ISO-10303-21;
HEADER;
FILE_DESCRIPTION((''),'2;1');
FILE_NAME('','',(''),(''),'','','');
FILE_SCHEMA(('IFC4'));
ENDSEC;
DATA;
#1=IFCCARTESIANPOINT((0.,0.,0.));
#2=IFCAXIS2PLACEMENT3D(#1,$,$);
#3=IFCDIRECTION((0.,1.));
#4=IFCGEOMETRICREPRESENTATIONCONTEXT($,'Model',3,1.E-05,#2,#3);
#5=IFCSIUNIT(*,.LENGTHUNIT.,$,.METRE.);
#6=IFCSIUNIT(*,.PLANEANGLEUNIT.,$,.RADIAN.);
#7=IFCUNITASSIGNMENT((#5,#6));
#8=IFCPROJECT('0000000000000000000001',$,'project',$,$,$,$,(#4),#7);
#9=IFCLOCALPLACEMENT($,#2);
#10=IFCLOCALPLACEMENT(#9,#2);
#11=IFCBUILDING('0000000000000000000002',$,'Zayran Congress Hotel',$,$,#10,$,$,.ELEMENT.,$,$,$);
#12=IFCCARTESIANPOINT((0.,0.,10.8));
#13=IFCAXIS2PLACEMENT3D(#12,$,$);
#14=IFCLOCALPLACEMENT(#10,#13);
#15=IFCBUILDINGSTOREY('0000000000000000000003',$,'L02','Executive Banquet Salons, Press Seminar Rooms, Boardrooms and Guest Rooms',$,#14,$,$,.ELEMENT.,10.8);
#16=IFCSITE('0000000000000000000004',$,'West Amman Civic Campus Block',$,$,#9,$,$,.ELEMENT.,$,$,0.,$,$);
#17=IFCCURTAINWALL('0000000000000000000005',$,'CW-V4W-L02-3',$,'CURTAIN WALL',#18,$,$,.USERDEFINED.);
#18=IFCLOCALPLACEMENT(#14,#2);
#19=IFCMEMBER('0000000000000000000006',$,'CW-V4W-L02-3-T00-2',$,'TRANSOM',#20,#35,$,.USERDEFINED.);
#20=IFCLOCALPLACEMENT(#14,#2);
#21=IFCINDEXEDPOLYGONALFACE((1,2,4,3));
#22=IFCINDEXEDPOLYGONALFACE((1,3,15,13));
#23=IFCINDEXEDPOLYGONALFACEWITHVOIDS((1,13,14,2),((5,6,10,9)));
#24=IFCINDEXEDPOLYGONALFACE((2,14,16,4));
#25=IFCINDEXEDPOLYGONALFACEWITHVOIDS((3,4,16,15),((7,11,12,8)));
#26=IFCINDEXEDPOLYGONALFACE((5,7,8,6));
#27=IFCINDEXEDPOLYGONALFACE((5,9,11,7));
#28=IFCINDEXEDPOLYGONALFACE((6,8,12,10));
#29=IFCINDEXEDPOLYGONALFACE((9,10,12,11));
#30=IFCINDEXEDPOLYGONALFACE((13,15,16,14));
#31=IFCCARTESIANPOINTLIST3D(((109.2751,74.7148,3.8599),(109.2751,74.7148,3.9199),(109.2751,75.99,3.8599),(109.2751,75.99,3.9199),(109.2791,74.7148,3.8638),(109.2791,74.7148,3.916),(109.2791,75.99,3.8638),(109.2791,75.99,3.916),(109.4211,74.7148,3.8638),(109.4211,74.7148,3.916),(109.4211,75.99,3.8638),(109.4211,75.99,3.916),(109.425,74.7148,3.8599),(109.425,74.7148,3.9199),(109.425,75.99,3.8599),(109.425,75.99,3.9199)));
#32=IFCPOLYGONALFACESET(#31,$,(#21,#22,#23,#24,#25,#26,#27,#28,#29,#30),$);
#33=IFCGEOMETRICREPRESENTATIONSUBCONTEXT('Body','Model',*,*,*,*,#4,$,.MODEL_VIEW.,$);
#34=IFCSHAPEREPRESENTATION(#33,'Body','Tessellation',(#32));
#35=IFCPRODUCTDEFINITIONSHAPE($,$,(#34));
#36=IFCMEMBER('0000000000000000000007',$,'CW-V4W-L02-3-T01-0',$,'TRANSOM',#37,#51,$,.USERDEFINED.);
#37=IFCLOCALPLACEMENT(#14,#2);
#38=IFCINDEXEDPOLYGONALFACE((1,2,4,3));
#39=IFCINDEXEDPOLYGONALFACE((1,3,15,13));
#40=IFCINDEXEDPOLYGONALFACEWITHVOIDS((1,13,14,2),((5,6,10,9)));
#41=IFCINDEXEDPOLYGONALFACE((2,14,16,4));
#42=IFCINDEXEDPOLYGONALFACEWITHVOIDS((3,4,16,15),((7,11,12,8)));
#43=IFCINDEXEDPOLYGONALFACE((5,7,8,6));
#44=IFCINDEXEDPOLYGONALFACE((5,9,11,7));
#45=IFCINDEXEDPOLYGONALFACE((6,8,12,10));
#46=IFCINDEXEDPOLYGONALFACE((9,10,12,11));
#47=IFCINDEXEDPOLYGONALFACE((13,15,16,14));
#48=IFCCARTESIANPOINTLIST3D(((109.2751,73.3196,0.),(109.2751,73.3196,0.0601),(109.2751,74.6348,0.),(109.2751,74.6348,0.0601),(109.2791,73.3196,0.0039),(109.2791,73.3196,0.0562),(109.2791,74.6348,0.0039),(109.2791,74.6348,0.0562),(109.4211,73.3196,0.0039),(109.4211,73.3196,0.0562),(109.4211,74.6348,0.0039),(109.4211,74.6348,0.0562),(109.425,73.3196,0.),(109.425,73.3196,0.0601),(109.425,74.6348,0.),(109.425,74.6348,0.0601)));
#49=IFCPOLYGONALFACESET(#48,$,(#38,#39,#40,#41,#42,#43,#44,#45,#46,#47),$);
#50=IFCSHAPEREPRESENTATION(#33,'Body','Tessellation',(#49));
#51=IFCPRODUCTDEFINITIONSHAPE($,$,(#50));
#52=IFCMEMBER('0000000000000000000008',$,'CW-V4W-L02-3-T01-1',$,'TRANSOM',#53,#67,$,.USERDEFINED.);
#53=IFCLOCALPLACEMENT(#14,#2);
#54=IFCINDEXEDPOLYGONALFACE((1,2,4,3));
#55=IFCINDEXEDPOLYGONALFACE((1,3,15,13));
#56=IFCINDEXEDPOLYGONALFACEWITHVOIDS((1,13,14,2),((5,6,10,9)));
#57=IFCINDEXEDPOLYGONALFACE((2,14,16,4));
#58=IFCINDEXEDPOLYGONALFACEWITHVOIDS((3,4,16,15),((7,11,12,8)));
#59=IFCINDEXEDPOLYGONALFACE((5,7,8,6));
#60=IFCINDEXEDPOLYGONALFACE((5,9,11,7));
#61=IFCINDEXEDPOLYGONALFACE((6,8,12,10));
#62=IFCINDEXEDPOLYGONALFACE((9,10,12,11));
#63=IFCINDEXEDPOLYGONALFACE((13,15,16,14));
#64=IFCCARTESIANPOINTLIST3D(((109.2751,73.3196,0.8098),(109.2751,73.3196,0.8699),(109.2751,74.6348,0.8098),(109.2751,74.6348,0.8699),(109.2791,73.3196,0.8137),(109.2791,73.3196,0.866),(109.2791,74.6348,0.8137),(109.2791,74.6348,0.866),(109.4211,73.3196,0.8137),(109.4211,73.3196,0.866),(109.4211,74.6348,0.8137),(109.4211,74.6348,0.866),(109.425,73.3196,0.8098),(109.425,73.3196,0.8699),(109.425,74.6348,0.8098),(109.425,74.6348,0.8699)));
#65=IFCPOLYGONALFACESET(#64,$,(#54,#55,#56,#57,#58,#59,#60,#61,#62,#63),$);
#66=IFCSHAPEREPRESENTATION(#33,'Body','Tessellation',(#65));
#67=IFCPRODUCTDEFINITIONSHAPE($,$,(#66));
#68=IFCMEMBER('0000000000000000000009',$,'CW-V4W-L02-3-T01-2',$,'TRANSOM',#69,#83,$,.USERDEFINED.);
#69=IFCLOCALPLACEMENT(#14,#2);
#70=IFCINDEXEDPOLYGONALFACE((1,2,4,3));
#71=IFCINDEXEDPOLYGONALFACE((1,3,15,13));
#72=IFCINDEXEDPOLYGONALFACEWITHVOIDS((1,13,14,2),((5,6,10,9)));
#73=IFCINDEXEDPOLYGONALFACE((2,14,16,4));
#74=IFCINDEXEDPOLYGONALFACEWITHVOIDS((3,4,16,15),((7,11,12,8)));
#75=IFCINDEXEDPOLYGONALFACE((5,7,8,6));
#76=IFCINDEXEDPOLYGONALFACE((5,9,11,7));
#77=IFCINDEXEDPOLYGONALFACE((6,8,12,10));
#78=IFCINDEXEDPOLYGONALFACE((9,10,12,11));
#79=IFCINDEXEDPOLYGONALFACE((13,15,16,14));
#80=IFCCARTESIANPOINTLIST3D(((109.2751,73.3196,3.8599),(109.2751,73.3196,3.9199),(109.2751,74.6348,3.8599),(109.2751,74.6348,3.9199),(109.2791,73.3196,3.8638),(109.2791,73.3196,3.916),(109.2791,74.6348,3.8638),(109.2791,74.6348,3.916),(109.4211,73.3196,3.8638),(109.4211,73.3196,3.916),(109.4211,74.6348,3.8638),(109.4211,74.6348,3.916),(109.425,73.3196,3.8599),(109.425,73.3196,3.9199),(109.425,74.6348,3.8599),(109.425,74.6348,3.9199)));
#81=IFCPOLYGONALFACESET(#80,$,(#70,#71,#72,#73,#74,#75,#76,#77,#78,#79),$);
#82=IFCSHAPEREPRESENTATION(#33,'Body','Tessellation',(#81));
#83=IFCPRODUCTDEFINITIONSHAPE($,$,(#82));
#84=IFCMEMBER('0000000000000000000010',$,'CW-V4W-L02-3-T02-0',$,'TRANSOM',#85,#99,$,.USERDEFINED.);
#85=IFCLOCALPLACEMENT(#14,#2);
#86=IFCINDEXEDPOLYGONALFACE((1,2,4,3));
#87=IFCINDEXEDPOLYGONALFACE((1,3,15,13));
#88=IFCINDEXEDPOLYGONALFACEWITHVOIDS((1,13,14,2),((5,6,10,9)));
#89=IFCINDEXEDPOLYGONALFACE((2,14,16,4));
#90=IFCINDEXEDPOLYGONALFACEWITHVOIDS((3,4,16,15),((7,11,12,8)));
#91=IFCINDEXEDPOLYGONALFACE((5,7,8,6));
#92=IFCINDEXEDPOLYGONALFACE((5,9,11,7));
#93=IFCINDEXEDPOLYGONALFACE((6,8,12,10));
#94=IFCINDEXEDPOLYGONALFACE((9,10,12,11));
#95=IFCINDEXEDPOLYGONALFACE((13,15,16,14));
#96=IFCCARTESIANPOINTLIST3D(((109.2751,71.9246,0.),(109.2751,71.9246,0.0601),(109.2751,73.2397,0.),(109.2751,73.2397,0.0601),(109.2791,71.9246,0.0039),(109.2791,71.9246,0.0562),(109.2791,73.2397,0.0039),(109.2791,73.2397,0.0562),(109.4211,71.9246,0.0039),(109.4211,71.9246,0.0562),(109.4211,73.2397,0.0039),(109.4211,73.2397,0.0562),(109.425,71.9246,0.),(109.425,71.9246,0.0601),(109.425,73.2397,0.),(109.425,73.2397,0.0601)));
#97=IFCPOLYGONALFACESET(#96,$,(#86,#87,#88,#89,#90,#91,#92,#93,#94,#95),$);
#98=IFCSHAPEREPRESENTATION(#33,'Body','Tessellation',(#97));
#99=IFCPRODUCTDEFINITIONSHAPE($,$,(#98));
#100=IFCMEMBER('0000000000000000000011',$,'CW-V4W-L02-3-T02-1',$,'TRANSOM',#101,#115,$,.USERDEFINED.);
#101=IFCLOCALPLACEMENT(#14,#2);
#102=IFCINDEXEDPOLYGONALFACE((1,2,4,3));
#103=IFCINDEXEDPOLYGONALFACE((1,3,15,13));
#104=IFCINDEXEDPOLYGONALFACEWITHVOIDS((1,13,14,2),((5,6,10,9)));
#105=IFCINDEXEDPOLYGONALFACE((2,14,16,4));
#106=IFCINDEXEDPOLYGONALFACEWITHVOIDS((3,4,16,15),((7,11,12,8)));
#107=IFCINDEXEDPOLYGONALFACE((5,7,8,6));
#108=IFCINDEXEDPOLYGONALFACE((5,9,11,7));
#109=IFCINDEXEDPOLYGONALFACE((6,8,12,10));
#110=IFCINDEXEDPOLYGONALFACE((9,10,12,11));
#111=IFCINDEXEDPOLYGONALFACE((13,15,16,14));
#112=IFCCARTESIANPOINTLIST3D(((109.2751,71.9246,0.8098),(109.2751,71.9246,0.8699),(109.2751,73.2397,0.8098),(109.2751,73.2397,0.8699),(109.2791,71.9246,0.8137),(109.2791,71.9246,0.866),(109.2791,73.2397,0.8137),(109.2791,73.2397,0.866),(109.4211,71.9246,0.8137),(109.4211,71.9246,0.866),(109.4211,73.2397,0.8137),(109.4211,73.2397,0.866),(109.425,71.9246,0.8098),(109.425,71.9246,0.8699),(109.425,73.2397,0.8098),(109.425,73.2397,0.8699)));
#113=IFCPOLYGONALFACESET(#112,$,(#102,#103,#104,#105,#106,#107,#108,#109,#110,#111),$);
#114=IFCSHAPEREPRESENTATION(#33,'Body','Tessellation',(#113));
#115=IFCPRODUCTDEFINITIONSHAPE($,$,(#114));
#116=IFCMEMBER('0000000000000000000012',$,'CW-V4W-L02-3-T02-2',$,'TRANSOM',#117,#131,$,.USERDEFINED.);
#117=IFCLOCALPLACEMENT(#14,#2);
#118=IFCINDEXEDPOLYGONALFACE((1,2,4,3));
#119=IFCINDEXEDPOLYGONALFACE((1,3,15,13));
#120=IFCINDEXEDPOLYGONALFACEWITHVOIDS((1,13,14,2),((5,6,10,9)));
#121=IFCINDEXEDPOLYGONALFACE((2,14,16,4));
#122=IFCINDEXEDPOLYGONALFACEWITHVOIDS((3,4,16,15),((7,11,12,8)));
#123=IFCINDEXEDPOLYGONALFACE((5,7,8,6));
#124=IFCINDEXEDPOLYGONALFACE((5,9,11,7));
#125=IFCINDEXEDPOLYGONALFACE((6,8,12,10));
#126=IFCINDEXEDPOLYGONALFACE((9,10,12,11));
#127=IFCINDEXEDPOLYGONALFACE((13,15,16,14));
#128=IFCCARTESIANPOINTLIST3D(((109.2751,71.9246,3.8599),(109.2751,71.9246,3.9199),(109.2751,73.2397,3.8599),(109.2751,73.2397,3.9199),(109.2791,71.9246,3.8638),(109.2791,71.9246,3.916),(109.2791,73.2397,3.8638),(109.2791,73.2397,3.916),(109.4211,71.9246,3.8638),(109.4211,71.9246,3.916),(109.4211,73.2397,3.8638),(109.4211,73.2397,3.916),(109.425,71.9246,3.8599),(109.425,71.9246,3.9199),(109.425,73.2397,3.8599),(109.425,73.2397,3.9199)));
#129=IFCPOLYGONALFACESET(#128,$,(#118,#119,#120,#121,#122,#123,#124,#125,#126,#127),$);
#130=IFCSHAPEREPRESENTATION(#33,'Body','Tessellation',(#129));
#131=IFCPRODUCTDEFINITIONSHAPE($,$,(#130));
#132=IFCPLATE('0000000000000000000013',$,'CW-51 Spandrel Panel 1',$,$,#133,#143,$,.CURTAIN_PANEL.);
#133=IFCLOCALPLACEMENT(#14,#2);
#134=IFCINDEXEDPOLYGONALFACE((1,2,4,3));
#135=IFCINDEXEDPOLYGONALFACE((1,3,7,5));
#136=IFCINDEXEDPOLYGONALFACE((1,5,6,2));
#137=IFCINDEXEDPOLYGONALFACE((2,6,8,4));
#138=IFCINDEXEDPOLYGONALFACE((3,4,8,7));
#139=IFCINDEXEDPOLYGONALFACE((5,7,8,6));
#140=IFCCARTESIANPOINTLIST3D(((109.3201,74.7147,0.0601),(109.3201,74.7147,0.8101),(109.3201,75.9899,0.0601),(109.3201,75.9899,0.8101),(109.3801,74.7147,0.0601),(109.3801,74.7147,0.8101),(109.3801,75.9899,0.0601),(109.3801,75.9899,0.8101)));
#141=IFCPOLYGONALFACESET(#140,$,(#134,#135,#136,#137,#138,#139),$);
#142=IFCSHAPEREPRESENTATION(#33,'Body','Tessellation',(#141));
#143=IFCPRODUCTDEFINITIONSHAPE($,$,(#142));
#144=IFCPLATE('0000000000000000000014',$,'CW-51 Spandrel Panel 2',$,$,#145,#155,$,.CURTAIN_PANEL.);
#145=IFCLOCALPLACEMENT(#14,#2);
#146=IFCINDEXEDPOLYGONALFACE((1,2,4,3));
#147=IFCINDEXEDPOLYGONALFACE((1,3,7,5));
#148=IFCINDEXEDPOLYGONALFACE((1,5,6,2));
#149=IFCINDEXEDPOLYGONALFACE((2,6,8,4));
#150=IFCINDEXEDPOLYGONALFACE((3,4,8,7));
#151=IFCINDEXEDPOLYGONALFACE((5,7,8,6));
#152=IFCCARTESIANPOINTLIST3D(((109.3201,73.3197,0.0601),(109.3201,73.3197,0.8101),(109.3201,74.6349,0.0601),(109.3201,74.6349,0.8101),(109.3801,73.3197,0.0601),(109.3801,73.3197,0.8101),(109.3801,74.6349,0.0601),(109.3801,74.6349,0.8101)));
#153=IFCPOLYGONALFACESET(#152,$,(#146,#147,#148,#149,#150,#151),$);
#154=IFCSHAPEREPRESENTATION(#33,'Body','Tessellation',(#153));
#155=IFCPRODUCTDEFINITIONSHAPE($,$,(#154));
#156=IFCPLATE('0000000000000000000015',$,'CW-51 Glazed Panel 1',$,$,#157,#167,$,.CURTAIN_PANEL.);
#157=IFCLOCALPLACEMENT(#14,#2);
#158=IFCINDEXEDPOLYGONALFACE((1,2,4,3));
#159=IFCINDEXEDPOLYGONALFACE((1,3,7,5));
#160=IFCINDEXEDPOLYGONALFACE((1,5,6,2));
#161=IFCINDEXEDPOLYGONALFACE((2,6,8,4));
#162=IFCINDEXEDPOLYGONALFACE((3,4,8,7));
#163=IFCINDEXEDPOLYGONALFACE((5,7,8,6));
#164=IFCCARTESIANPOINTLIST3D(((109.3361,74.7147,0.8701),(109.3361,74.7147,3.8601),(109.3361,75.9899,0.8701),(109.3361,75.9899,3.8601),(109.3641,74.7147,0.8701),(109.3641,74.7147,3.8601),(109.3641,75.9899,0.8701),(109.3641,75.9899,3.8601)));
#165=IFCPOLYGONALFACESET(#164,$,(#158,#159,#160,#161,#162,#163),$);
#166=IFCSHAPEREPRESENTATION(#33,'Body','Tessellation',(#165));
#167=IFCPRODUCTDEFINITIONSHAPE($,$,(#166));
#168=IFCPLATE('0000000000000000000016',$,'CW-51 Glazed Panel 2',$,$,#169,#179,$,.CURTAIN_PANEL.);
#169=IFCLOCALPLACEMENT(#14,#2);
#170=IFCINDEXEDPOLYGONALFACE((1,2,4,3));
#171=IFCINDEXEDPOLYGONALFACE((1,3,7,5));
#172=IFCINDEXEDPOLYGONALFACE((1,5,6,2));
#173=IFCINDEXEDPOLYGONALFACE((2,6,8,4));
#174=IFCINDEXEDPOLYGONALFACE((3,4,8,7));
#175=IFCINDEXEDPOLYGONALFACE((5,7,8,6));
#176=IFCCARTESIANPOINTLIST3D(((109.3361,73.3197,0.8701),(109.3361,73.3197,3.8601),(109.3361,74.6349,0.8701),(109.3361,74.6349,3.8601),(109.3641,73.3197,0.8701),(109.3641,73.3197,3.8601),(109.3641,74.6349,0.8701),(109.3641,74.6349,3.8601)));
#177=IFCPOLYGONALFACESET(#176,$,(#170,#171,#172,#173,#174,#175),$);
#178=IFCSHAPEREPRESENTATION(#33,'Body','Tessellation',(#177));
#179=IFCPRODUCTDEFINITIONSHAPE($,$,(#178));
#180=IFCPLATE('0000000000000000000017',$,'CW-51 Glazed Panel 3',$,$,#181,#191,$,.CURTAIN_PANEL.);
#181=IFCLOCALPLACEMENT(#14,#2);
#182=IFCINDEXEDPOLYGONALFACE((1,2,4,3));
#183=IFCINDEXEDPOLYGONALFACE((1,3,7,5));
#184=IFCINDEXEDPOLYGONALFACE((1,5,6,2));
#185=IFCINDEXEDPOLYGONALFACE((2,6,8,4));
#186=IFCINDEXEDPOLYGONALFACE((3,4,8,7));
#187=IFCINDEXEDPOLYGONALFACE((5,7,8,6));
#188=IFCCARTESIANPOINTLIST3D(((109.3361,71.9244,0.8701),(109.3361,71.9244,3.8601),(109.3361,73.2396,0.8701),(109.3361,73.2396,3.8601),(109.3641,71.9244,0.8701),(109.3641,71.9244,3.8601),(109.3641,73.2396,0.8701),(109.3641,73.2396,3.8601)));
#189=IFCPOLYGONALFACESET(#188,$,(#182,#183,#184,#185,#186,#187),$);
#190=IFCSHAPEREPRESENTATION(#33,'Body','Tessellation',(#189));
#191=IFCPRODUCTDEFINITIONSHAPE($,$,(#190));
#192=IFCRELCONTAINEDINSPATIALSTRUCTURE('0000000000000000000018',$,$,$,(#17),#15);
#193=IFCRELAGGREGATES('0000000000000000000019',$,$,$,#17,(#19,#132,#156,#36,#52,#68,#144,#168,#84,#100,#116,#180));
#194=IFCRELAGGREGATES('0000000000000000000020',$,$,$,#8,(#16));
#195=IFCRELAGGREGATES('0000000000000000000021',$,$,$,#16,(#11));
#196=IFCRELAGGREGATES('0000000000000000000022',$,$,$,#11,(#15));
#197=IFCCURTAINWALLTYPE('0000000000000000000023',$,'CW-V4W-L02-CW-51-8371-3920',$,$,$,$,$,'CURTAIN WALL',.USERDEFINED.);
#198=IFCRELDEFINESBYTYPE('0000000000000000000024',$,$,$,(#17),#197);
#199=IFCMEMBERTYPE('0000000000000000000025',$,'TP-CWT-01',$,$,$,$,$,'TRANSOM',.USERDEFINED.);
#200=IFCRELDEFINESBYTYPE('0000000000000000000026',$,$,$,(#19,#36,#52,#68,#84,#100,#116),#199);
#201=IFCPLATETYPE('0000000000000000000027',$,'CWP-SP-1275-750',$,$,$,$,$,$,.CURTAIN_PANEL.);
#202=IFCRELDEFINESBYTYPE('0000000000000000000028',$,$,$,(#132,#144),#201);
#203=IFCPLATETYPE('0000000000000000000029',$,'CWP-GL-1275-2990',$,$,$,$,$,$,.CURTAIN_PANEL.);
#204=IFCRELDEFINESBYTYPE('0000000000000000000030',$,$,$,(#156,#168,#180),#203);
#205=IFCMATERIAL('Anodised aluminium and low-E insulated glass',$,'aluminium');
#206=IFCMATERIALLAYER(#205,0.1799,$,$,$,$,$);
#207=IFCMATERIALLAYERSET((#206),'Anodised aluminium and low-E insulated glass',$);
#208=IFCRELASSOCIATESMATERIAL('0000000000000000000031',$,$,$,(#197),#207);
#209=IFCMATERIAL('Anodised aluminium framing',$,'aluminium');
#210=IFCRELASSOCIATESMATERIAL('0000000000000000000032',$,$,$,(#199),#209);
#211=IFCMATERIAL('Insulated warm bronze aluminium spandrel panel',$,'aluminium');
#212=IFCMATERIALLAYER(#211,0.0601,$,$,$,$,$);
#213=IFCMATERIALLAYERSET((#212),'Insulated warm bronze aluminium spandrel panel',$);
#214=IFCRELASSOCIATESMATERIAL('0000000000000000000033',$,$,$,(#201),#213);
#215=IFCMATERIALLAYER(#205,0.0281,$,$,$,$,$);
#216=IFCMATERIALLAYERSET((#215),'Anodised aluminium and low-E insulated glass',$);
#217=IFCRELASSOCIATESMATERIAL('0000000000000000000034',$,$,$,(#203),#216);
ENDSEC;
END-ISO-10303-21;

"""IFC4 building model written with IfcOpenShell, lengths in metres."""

from ifc_helpers import new_model, si_unit, direction, frame, origin, origin_2d, place, context, subcontext, project, spatial, rectangle, hollow_rectangle, extrude, material, layer, layer_set, material_profile, profile_set, type_object, element, aggregate, save


model = new_model("IFC4")

# Units and contexts
model_context = context("Model", 3, precision=1e-05, world=origin(), true_north=direction((0.0, 1.0)))
body_context = subcontext(model_context, "Body", "Model", "MODEL_VIEW")
ifc_project = project(units=[si_unit("LENGTHUNIT", "METRE"), si_unit("PLANEANGLEUNIT", "RADIAN")], contexts=[model_context])

# Site, building, storey
site_placement = place(None, origin())
site = spatial("IfcSite", under=ifc_project, at=site_placement, Name="West Amman Civic Campus Block", CompositionType="ELEMENT", RefElevation=0.0)
building_placement = place(site_placement, origin())
building = spatial("IfcBuilding", under=site, at=building_placement, Name="Zayran Congress Hotel", CompositionType="ELEMENT")
storey_placement = place(building_placement, frame((0.0, 0.0, 10.8)))
storey = spatial("IfcBuildingStorey", under=building, at=storey_placement, Name="L02", Description="Executive Banquet Salons, Press Seminar Rooms, Boardrooms and Guest Rooms", CompositionType="ELEMENT", Elevation=10.8)

# Curtain wall
ifc_material_1 = material(Name="Anodised aluminium and low-E insulated glass", Category="aluminium")
ifc_layer_1 = layer(ifc_material_1, 0.1799)
ifc_layer_set_1 = layer_set([ifc_layer_1], Name="Anodised aluminium and low-E insulated glass")
curtain_wall_type_1 = type_object("IfcCurtainWallType", Name="CW-V4W-L02-CW-51-8371-3920", ElementType="CURTAIN WALL", PredefinedType="USERDEFINED", material=ifc_layer_set_1)
curtain_wall_1_placement = place(storey_placement, origin())
curtain_wall_1 = element("IfcCurtainWall", 1, at=curtain_wall_1_placement, inside=storey, type_object=curtain_wall_type_1, Name="CW-V4W-L02-3", ObjectType="CURTAIN WALL", PredefinedType="USERDEFINED")
ifc_material_2 = material(Name="Anodised aluminium framing", Category="aluminium")

# Members
ifc_material_profile_1 = material_profile(ifc_material_2, hollow_rectangle(XDim=0.0601, YDim=0.1499, WallThickness=0.0039, at=origin_2d()), Name="RHS 150x60x4")
ifc_profile_set_1 = profile_set([ifc_material_profile_1], Name="Anodised aluminium framing")
member_type_1 = type_object("IfcMemberType", Name="TP-CWT-01", ElementType="TRANSOM", PredefinedType="USERDEFINED", material=ifc_profile_set_1)
member_1_placement = place(storey_placement, frame((109.3501, 75.99, 3.8899), z_axis=(0.0, -1.0, 0.0), x_axis=(0.0, 0.0, 1.0)))
member_1 = element("IfcMember", 2, at=member_1_placement, type_object=member_type_1, Name="CW-V4W-L02-3-T00-2", ObjectType="TRANSOM", PredefinedType="USERDEFINED", context=body_context, shape_type="SweptSolid", body=[
    extrude(hollow_rectangle(XDim=0.0601, YDim=0.1499, WallThickness=0.0039, at=origin_2d()), origin(), (0.0, 0.0, 1.0), 1.2751),
])
member_2_placement = place(storey_placement, frame((109.3501, 74.6348, 0.03), z_axis=(0.0, -1.0, 0.0), x_axis=(0.0, 0.0, 1.0)))
member_2 = element("IfcMember", 3, at=member_2_placement, type_object=member_type_1, Name="CW-V4W-L02-3-T01-0", ObjectType="TRANSOM", PredefinedType="USERDEFINED", context=body_context, shape_type="SweptSolid", body=[
    extrude(hollow_rectangle(XDim=0.0601, YDim=0.1499, WallThickness=0.0039, at=origin_2d()), origin(), (0.0, 0.0, 1.0), 1.3152),
])
member_3_placement = place(storey_placement, frame((109.3501, 74.6348, 0.8398), z_axis=(0.0, -1.0, 0.0), x_axis=(0.0, 0.0, 1.0)))
member_3 = element("IfcMember", 4, at=member_3_placement, type_object=member_type_1, Name="CW-V4W-L02-3-T01-1", ObjectType="TRANSOM", PredefinedType="USERDEFINED", context=body_context, shape_type="SweptSolid", body=[
    extrude(hollow_rectangle(XDim=0.0601, YDim=0.1499, WallThickness=0.0039, at=origin_2d()), origin(), (0.0, 0.0, 1.0), 1.3152),
])
member_4_placement = place(storey_placement, frame((109.3501, 74.6348, 3.8899), z_axis=(0.0, -1.0, 0.0), x_axis=(0.0, 0.0, 1.0)))
member_4 = element("IfcMember", 5, at=member_4_placement, type_object=member_type_1, Name="CW-V4W-L02-3-T01-2", ObjectType="TRANSOM", PredefinedType="USERDEFINED", context=body_context, shape_type="SweptSolid", body=[
    extrude(hollow_rectangle(XDim=0.0601, YDim=0.1499, WallThickness=0.0039, at=origin_2d()), origin(), (0.0, 0.0, 1.0), 1.3152),
])
member_5_placement = place(storey_placement, frame((109.3501, 73.2397, 0.03), z_axis=(0.0, -1.0, 0.0), x_axis=(0.0, 0.0, 1.0)))
member_5 = element("IfcMember", 6, at=member_5_placement, type_object=member_type_1, Name="CW-V4W-L02-3-T02-0", ObjectType="TRANSOM", PredefinedType="USERDEFINED", context=body_context, shape_type="SweptSolid", body=[
    extrude(hollow_rectangle(XDim=0.0601, YDim=0.1499, WallThickness=0.0039, at=origin_2d()), origin(), (0.0, 0.0, 1.0), 1.3152),
])
member_6_placement = place(storey_placement, frame((109.3501, 73.2397, 0.8398), z_axis=(0.0, -1.0, 0.0), x_axis=(0.0, 0.0, 1.0)))
member_6 = element("IfcMember", 7, at=member_6_placement, type_object=member_type_1, Name="CW-V4W-L02-3-T02-1", ObjectType="TRANSOM", PredefinedType="USERDEFINED", context=body_context, shape_type="SweptSolid", body=[
    extrude(hollow_rectangle(XDim=0.0601, YDim=0.1499, WallThickness=0.0039, at=origin_2d()), origin(), (0.0, 0.0, 1.0), 1.3152),
])
member_7_placement = place(storey_placement, frame((109.3501, 73.2397, 3.8899), z_axis=(0.0, -1.0, 0.0), x_axis=(0.0, 0.0, 1.0)))
member_7 = element("IfcMember", 8, at=member_7_placement, type_object=member_type_1, Name="CW-V4W-L02-3-T02-2", ObjectType="TRANSOM", PredefinedType="USERDEFINED", context=body_context, shape_type="SweptSolid", body=[
    extrude(hollow_rectangle(XDim=0.0601, YDim=0.1499, WallThickness=0.0039, at=origin_2d()), origin(), (0.0, 0.0, 1.0), 1.3152),
])

# Plates
ifc_material_3 = material(Name="Insulated warm bronze aluminium spandrel panel", Category="aluminium")
ifc_layer_2 = layer(ifc_material_3, 0.0601)
ifc_layer_set_2 = layer_set([ifc_layer_2], Name="Insulated warm bronze aluminium spandrel panel")
plate_type_1 = type_object("IfcPlateType", Name="CWP-SP-1275-750", PredefinedType="CURTAIN_PANEL", material=ifc_layer_set_2)
plate_1_placement = place(storey_placement, frame((109.3501, 75.3523, 0.0601), z_axis=(0.0, 0.0, 1.0), x_axis=(0.0, 1.0, 0.0)))
plate_1 = element("IfcPlate", 9, at=plate_1_placement, type_object=plate_type_1, Name="CW-51 Spandrel Panel 1", PredefinedType="CURTAIN_PANEL", context=body_context, shape_type="SweptSolid", body=[
    extrude(rectangle(XDim=1.2751, YDim=0.0601, at=origin_2d()), origin(), (0.0, 0.0, 1.0), 0.75),
])
plate_2_placement = place(storey_placement, frame((109.3501, 73.9773, 0.0601), z_axis=(0.0, 0.0, 1.0), x_axis=(0.0, 1.0, 0.0)))
plate_2 = element("IfcPlate", 10, at=plate_2_placement, type_object=plate_type_1, Name="CW-51 Spandrel Panel 2", PredefinedType="CURTAIN_PANEL", context=body_context, shape_type="SweptSolid", body=[
    extrude(rectangle(XDim=1.3152, YDim=0.0601, at=origin_2d()), origin(), (0.0, 0.0, 1.0), 0.75),
])
ifc_layer_3 = layer(ifc_material_1, 0.0281)
ifc_layer_set_3 = layer_set([ifc_layer_3], Name="Anodised aluminium and low-E insulated glass")
plate_type_2 = type_object("IfcPlateType", Name="CWP-GL-1275-2990", PredefinedType="CURTAIN_PANEL", material=ifc_layer_set_3)
plate_3_placement = place(storey_placement, frame((109.3501, 75.3523, 0.8701), z_axis=(0.0, 0.0, 1.0), x_axis=(0.0, 1.0, 0.0)))
plate_3 = element("IfcPlate", 11, at=plate_3_placement, type_object=plate_type_2, Name="CW-51 Glazed Panel 1", PredefinedType="CURTAIN_PANEL", context=body_context, shape_type="SweptSolid", body=[
    extrude(rectangle(XDim=1.2751, YDim=0.0281, at=origin_2d()), origin(), (0.0, 0.0, 1.0), 2.99),
])
plate_4_placement = place(storey_placement, frame((109.3501, 73.9773, 0.8701), z_axis=(0.0, 0.0, 1.0), x_axis=(0.0, 1.0, 0.0)))
plate_4 = element("IfcPlate", 12, at=plate_4_placement, type_object=plate_type_2, Name="CW-51 Glazed Panel 2", PredefinedType="CURTAIN_PANEL", context=body_context, shape_type="SweptSolid", body=[
    extrude(rectangle(XDim=1.3152, YDim=0.0281, at=origin_2d()), origin(), (0.0, 0.0, 1.0), 2.99),
])
plate_5_placement = place(storey_placement, frame((109.3501, 72.582, 0.8701), z_axis=(0.0, 0.0, 1.0), x_axis=(0.0, 1.0, 0.0)))
plate_5 = element("IfcPlate", 13, at=plate_5_placement, type_object=plate_type_2, Name="CW-51 Glazed Panel 3", PredefinedType="CURTAIN_PANEL", context=body_context, shape_type="SweptSolid", body=[
    extrude(rectangle(XDim=1.3152, YDim=0.0281, at=origin_2d()), origin(), (0.0, 0.0, 1.0), 2.99),
])
aggregate(curtain_wall_1, [member_1, plate_1, plate_3, member_2, member_3, member_4, plate_2, plate_4, member_5, member_6, member_7, plate_5])

save(model, "model.ifc")
